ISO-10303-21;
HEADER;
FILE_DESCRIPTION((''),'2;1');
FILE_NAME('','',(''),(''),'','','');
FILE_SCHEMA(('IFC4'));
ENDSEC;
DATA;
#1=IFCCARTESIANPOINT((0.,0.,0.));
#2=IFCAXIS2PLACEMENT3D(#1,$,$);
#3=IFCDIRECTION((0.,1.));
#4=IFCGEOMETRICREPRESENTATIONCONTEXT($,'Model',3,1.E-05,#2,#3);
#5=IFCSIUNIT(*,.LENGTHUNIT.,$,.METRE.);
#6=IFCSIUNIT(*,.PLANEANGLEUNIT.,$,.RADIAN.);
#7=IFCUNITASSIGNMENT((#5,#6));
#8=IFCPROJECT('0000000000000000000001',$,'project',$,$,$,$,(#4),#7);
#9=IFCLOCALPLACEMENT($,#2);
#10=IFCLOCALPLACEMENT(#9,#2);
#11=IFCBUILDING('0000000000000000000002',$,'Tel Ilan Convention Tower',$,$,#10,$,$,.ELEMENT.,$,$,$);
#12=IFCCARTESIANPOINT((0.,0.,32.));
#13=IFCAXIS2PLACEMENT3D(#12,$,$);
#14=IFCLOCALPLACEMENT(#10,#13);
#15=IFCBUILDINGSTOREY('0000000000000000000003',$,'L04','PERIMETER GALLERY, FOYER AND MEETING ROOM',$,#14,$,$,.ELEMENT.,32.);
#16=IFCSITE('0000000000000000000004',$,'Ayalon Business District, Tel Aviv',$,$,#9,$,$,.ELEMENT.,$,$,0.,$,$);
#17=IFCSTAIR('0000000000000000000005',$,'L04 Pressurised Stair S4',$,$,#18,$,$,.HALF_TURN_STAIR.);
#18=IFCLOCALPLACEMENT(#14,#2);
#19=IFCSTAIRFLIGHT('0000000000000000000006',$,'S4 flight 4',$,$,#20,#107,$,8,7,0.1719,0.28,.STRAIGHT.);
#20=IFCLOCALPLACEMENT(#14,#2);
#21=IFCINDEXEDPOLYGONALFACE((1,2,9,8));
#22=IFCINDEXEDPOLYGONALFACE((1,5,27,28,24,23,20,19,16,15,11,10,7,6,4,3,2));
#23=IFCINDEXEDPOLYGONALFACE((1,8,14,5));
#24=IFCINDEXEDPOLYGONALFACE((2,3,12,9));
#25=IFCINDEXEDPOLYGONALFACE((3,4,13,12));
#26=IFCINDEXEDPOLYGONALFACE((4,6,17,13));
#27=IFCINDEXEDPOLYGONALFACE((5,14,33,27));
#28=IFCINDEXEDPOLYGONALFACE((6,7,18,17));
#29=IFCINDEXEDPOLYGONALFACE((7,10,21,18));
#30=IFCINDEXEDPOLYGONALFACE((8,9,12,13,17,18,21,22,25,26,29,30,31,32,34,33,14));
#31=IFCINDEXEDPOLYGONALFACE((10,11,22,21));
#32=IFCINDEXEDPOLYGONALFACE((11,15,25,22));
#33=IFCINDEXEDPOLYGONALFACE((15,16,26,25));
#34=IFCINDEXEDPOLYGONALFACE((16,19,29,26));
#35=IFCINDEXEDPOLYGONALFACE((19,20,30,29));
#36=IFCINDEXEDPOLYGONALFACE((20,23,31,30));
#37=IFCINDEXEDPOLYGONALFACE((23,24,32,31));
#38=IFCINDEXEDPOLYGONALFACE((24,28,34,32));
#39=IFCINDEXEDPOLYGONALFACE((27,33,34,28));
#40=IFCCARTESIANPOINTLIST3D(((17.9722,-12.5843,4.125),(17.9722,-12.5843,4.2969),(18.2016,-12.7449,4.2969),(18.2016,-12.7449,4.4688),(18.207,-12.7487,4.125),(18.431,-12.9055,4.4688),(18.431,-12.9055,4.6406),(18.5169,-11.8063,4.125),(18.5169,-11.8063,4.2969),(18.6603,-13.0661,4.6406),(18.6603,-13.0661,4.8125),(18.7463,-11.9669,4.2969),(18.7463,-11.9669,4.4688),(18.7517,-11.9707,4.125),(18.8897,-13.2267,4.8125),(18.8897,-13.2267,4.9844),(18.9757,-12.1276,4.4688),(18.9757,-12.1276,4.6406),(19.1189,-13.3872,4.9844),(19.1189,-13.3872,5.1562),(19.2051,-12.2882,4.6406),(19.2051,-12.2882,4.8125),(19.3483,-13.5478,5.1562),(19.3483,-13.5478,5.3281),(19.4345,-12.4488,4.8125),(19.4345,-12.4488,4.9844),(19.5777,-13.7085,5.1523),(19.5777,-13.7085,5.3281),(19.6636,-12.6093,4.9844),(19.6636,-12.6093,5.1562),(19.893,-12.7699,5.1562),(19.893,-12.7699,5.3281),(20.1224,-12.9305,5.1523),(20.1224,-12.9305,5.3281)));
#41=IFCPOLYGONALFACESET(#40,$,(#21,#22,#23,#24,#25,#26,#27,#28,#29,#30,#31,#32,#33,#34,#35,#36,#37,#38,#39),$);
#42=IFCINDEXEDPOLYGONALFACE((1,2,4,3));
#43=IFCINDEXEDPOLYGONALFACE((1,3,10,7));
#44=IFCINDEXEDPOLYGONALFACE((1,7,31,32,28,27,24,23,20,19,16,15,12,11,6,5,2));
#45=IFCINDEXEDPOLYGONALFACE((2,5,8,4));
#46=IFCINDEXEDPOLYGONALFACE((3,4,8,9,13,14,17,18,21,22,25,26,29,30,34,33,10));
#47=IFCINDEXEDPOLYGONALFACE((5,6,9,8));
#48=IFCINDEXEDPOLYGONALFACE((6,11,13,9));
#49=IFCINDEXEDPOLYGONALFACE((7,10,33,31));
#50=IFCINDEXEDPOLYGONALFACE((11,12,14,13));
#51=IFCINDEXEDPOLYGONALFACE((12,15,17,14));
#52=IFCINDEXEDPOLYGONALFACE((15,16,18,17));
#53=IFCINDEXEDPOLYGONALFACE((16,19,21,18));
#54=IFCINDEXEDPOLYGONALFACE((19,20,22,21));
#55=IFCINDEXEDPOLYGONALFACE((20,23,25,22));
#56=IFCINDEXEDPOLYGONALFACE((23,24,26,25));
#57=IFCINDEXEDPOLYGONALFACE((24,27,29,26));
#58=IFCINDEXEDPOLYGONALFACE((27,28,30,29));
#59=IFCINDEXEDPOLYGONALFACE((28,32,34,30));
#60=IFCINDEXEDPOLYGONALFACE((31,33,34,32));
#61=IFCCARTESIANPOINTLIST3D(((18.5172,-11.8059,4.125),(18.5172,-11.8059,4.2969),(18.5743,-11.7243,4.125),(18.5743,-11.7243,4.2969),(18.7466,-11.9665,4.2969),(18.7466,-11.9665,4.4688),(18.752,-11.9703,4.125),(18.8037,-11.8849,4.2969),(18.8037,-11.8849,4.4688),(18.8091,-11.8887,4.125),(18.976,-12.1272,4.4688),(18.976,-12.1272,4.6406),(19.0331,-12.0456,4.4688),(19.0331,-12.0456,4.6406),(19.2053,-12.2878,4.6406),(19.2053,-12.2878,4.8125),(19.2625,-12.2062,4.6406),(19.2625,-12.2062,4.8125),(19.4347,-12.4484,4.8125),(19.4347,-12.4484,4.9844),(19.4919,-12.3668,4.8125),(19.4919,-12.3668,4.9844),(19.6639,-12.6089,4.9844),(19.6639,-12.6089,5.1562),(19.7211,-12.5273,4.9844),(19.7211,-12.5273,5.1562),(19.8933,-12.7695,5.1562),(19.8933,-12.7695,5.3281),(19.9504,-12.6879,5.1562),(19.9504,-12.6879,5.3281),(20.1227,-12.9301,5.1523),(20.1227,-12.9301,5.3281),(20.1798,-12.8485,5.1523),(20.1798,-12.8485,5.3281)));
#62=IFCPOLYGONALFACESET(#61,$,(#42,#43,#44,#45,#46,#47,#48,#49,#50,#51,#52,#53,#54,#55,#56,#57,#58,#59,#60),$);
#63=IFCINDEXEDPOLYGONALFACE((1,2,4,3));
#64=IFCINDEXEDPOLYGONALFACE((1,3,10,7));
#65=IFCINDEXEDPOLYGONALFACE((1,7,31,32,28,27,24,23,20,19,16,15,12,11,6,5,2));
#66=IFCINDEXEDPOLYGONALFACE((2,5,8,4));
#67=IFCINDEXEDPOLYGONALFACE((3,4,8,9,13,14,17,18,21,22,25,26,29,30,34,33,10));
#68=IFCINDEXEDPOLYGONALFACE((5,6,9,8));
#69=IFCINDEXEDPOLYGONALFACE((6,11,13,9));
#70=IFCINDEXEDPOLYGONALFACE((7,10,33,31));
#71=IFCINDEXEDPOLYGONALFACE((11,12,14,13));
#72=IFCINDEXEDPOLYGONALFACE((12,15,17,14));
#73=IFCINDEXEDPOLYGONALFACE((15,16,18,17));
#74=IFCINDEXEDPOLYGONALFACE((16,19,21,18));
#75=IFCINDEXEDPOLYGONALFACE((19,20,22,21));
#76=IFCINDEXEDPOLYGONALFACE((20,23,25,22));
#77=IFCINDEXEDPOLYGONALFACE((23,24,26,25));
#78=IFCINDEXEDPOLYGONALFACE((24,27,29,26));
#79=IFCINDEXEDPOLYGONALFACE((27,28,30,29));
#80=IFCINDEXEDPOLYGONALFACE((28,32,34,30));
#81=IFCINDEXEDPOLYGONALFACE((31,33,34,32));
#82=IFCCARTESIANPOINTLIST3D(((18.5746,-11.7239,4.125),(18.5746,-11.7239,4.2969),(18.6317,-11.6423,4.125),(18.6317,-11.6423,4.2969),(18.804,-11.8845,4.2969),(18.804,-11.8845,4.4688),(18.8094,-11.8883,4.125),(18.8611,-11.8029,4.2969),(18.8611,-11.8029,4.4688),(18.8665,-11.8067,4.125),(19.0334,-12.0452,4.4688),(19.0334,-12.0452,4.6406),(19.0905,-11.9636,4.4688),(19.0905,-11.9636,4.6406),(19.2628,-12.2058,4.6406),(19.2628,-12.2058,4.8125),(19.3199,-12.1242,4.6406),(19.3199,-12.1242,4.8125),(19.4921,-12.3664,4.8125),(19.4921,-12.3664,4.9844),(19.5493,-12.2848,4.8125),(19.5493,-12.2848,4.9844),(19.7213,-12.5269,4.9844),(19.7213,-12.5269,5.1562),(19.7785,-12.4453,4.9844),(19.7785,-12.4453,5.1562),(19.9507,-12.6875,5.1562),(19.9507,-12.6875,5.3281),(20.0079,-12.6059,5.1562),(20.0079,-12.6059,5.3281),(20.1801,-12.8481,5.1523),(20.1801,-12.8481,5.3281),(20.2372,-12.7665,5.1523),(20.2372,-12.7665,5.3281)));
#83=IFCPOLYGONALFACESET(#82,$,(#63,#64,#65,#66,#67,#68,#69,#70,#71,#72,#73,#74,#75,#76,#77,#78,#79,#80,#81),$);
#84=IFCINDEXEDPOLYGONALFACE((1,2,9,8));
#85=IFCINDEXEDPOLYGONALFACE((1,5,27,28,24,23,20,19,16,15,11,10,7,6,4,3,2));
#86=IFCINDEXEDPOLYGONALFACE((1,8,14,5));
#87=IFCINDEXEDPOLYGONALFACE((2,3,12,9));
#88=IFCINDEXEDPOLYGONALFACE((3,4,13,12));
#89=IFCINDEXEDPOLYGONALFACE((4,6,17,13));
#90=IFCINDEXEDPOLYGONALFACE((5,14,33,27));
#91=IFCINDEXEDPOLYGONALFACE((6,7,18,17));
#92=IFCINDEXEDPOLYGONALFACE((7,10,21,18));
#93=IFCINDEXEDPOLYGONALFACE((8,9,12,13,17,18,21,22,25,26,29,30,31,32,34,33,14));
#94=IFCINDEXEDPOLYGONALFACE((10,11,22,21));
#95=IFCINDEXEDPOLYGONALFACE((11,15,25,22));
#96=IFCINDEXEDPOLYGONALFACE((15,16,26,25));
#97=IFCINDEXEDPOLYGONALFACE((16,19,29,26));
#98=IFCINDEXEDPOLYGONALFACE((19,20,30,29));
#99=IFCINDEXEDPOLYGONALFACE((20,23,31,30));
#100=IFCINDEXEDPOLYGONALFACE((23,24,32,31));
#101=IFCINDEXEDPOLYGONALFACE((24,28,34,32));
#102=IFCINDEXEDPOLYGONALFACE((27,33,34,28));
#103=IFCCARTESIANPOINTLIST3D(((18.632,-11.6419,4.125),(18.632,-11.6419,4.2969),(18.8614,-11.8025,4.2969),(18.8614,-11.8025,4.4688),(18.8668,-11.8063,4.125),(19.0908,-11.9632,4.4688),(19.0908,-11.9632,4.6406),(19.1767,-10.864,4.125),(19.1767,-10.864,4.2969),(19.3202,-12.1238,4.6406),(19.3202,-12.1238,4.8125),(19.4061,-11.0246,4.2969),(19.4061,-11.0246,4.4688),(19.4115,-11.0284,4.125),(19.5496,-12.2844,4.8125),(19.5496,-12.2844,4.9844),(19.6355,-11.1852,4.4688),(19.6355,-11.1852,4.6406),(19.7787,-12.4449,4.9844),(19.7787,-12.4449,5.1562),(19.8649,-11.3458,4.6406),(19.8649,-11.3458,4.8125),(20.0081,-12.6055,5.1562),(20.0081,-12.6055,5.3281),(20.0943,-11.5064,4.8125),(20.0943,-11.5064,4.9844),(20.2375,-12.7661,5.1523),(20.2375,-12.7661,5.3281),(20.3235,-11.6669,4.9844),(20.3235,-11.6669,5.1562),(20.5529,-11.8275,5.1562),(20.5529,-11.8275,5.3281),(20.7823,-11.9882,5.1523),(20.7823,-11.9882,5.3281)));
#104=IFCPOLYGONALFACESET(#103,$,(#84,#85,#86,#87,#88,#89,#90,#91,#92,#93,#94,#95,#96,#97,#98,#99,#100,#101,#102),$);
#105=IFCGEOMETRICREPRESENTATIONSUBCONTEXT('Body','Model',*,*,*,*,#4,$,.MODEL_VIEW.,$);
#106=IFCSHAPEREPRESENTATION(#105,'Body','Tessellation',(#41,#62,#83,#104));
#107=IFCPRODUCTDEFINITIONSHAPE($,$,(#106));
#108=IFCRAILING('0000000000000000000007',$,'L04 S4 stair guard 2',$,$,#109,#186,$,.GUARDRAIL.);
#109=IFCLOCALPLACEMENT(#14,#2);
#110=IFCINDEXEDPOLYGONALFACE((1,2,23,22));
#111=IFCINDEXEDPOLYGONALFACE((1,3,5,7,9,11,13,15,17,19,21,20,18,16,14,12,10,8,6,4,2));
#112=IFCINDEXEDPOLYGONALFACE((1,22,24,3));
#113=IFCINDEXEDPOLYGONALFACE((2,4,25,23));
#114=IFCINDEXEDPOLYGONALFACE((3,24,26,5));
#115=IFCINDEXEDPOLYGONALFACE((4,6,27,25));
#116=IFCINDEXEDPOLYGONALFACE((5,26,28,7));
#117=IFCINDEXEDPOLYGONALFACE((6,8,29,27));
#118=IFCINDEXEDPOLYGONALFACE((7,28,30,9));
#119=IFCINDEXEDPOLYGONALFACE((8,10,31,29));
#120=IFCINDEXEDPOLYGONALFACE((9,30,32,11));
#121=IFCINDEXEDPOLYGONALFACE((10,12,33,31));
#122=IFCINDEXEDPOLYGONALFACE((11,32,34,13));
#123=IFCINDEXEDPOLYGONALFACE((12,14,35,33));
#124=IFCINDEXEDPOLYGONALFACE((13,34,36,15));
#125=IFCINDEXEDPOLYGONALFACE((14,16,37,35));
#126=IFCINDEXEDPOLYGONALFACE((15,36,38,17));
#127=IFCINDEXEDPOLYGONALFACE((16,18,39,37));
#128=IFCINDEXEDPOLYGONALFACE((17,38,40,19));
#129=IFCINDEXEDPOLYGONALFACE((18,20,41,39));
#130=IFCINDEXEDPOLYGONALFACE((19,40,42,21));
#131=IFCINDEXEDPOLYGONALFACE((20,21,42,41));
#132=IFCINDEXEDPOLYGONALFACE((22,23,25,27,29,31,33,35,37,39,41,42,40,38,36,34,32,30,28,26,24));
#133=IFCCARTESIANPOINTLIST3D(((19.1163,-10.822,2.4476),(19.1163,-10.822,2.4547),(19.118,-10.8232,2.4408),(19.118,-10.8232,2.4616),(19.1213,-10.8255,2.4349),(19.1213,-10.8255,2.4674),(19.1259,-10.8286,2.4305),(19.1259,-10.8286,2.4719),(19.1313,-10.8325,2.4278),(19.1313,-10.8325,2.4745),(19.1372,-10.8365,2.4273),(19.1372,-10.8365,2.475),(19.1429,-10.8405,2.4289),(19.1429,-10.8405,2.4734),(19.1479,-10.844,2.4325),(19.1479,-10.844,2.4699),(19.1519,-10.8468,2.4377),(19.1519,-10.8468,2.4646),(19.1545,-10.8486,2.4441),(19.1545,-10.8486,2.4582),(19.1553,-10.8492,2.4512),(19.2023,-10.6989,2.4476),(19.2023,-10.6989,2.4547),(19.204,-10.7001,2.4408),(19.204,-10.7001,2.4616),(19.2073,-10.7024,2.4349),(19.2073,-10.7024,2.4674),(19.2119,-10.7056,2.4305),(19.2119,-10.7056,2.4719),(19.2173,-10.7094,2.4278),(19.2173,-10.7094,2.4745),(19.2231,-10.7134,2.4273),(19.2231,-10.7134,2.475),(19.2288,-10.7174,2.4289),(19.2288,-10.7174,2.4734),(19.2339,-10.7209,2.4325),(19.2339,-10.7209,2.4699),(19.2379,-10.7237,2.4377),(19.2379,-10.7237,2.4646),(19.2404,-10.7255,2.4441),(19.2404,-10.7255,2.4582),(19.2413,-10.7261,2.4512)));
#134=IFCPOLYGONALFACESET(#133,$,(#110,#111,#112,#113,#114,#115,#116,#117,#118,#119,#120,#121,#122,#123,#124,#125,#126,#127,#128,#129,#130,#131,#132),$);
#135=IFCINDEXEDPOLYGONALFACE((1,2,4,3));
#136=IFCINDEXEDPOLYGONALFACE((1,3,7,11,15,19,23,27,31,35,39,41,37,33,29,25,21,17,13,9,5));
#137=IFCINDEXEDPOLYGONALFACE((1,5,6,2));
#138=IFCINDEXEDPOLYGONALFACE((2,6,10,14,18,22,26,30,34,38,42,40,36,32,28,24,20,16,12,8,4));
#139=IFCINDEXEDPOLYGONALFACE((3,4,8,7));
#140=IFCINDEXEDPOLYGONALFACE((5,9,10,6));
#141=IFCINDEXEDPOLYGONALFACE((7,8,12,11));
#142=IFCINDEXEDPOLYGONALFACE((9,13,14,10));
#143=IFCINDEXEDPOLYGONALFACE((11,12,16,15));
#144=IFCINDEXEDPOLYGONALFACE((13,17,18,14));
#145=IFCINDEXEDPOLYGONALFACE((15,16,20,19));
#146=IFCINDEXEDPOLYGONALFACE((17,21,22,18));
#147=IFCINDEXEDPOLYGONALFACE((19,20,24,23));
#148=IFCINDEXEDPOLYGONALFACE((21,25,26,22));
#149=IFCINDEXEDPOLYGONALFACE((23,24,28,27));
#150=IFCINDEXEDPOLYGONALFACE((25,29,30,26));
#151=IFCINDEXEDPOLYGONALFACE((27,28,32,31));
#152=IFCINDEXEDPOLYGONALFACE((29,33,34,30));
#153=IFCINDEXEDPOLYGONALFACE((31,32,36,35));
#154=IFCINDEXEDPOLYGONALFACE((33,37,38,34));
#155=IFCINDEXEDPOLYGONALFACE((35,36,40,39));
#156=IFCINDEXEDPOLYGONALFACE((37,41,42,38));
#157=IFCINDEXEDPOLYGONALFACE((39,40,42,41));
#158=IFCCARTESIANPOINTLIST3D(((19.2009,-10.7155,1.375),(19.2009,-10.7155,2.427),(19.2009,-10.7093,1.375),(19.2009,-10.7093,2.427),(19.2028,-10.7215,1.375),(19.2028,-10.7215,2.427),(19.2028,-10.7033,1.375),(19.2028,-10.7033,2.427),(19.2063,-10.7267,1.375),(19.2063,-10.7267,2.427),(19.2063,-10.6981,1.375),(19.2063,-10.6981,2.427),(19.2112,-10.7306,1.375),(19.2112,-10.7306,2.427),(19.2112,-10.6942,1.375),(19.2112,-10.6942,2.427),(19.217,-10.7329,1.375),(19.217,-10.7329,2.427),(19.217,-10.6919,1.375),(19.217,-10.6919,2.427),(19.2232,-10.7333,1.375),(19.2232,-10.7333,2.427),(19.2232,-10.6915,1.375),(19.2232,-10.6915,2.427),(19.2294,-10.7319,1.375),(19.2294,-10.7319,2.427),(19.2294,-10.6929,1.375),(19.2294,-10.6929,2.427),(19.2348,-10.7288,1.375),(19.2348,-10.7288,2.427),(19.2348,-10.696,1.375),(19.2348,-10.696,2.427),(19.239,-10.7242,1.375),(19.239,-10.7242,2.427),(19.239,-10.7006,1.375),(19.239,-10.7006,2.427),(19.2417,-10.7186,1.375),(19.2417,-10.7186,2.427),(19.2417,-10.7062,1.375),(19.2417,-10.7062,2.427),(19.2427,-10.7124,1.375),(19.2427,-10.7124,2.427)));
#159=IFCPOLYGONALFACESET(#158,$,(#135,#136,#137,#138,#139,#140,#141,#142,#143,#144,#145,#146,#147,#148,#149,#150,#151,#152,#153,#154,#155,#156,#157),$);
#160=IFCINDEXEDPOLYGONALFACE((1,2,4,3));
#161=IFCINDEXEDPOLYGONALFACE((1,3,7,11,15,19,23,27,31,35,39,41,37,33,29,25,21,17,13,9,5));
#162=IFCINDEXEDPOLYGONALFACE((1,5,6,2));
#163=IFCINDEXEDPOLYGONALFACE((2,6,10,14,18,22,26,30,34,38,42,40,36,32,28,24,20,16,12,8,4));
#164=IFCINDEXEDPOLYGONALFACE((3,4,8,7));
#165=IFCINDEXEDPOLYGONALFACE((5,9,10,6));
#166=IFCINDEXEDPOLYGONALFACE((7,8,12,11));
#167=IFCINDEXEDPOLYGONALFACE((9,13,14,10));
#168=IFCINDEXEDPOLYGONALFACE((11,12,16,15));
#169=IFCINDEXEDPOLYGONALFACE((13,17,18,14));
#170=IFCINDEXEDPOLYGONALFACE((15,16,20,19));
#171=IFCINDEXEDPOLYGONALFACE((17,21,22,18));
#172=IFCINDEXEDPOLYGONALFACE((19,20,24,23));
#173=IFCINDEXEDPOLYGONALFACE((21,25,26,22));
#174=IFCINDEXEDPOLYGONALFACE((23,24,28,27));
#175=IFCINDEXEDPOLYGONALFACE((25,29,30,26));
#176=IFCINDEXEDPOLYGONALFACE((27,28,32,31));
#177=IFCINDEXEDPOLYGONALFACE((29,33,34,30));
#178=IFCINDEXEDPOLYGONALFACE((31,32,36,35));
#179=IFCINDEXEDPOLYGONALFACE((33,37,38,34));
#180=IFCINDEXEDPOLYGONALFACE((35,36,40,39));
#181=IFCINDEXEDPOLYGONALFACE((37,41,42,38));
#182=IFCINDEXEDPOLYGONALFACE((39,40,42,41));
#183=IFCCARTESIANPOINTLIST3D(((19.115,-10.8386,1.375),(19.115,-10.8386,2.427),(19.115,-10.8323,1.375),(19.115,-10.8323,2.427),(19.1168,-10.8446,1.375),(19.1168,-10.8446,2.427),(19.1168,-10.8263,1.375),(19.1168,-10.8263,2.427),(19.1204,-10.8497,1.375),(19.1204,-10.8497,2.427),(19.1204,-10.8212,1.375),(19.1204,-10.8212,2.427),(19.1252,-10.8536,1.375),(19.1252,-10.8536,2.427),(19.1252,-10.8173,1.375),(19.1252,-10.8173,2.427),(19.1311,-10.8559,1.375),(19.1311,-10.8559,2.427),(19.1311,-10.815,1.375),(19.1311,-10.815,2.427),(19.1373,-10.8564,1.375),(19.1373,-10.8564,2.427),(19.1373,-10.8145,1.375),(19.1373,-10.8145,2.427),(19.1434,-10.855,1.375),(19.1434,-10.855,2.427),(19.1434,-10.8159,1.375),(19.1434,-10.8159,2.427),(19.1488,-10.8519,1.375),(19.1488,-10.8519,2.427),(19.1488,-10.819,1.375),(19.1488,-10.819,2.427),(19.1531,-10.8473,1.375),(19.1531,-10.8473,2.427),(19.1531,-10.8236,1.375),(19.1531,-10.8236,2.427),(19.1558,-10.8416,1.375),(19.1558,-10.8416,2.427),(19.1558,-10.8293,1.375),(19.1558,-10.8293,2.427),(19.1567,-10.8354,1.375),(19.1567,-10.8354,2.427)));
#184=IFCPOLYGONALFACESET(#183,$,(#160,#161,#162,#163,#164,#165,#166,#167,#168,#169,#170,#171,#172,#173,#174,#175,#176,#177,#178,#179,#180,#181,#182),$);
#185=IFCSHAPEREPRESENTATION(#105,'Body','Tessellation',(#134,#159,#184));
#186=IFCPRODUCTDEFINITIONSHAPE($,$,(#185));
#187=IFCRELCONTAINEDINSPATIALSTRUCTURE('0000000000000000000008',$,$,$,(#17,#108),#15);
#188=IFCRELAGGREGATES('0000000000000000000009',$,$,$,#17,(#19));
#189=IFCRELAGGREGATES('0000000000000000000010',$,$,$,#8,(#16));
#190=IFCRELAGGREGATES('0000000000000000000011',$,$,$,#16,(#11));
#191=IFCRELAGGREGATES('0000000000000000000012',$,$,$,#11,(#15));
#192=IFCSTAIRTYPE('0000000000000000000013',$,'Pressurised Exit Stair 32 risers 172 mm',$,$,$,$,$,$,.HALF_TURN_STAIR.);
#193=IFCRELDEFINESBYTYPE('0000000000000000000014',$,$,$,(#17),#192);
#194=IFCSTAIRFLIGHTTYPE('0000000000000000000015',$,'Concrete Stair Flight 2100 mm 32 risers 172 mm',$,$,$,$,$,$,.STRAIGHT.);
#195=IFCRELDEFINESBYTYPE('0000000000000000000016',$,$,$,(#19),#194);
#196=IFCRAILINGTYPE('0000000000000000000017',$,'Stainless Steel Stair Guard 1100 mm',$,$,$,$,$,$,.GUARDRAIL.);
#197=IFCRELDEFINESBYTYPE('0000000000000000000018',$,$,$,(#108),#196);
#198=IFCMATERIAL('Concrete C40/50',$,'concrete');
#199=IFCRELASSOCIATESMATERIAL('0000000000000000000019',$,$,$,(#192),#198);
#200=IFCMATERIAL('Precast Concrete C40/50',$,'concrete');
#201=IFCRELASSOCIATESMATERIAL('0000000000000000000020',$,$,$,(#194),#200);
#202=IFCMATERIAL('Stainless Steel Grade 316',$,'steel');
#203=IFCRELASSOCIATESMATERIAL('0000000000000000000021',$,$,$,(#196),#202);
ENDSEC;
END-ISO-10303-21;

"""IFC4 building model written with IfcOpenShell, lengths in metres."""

from ifc_helpers import new_model, si_unit, direction, frame, origin, origin_2d, place, context, subcontext, project, spatial, polyline, circle, outline, extrude, material, type_object, element, aggregate, save


model = new_model("IFC4")

# Units and contexts
model_context = context("Model", 3, precision=1e-05, world=origin(), true_north=direction((0.0, 1.0)))
body_context = subcontext(model_context, "Body", "Model", "MODEL_VIEW")
ifc_project = project(units=[si_unit("LENGTHUNIT", "METRE"), si_unit("PLANEANGLEUNIT", "RADIAN")], contexts=[model_context])

# Site, building, storey
site_placement = place(None, origin())
site = spatial("IfcSite", under=ifc_project, at=site_placement, Name="Ayalon Business District, Tel Aviv", CompositionType="ELEMENT", RefElevation=0.0)
building_placement = place(site_placement, origin())
building = spatial("IfcBuilding", under=site, at=building_placement, Name="Tel Ilan Convention Tower", CompositionType="ELEMENT")
storey_placement = place(building_placement, frame((0.0, 0.0, 32.0)))
storey = spatial("IfcBuildingStorey", under=building, at=storey_placement, Name="L04", Description="PERIMETER GALLERY, FOYER AND MEETING ROOM", CompositionType="ELEMENT", Elevation=32.0)

# Stair, stair flight
ifc_material_1 = material(Name="Concrete C40/50", Category="concrete")
stair_type = type_object("IfcStairType", Name="Pressurised Exit Stair 32 risers 172 mm", PredefinedType="HALF_TURN_STAIR", material=ifc_material_1)
stair_placement = place(storey_placement, origin())
stair = element("IfcStair", 1, at=stair_placement, inside=storey, type_object=stair_type, Name="L04 Pressurised Stair S4", PredefinedType="HALF_TURN_STAIR")
ifc_material_2 = material(Name="Precast Concrete C40/50", Category="concrete")
stair_flight_type = type_object("IfcStairFlightType", Name="Concrete Stair Flight 2100 mm 32 risers 172 mm", PredefinedType="STRAIGHT", material=ifc_material_2)
stair_flight_1_placement = place(storey_placement, frame((18.5745, -11.7241, 4.125), z_axis=(0.0, 0.0, 1.0), x_axis=(0.819152, -0.573576, 0.0)))
stair_flight_1 = element("IfcStairFlight", 2, at=stair_flight_1_placement, type_object=stair_flight_type, Name="S4 flight 4", NumberOfRisers=8, NumberOfTreads=7, PredefinedType="STRAIGHT", RiserHeight=0.1719, TreadLength=0.28, context=body_context, shape_type="SweptSolid", body=[
    extrude(outline(polyline([(0.0, 0.0), (0.0, 0.1719), (0.28, 0.1719), (0.28, 0.3438), (0.5601, 0.3438), (0.5601, 0.5156), (0.8401, 0.5156), (0.8401, 0.6875), (1.1201, 0.6875), (1.1201, 0.8594), (1.3999, 0.8594), (1.3999, 1.0312), (1.6799, 1.0312), (1.6799, 1.2031), (1.96, 1.2031), (1.96, 1.375), (1.96, 1.0273), (0.2866, 0.0), (0.0, 0.0)])), frame((0.0, -0.1003, 0.0), z_axis=(0.0, -1.0, 0.0), x_axis=(1.0, 0.0, 0.0)), (0.0, 0.0, 1.0), 0.9497),
    extrude(outline(polyline([(0.0, 0.0), (0.0, 0.1719), (0.28, 0.1719), (0.28, 0.3438), (0.5601, 0.3438), (0.5601, 0.5156), (0.8401, 0.5156), (0.8401, 0.6875), (1.1201, 0.6875), (1.1201, 0.8594), (1.3999, 0.8594), (1.3999, 1.0312), (1.6799, 1.0312), (1.6799, 1.2031), (1.96, 1.2031), (1.96, 1.375), (1.96, 1.0273), (0.2866, 0.0), (0.0, 0.0)])), frame((0.0, -0.0002, 0.0), z_axis=(0.0, -1.0, 0.0), x_axis=(1.0, 0.0, 0.0)), (0.0, 0.0, 1.0), 0.0996),
    extrude(outline(polyline([(0.0, 0.0), (0.0, 0.1719), (0.28, 0.1719), (0.28, 0.3438), (0.5601, 0.3438), (0.5601, 0.5156), (0.8401, 0.5156), (0.8401, 0.6875), (1.1201, 0.6875), (1.1201, 0.8594), (1.3999, 0.8594), (1.3999, 1.0312), (1.6799, 1.0312), (1.6799, 1.2031), (1.96, 1.2031), (1.96, 1.375), (1.96, 1.0273), (0.2866, 0.0), (0.0, 0.0)])), frame((0.0, 0.0999, 0.0), z_axis=(0.0, -1.0, 0.0), x_axis=(1.0, 0.0, 0.0)), (0.0, 0.0, 1.0), 0.0996),
    extrude(outline(polyline([(0.0, 0.0), (0.0, 0.1719), (0.28, 0.1719), (0.28, 0.3438), (0.5601, 0.3438), (0.5601, 0.5156), (0.8401, 0.5156), (0.8401, 0.6875), (1.1201, 0.6875), (1.1201, 0.8594), (1.3999, 0.8594), (1.3999, 1.0312), (1.6799, 1.0312), (1.6799, 1.2031), (1.96, 1.2031), (1.96, 1.375), (1.96, 1.0273), (0.2866, 0.0), (0.0, 0.0)])), frame((0.0, 1.05, 0.0), z_axis=(0.0, -1.0, 0.0), x_axis=(1.0, 0.0, 0.0)), (0.0, 0.0, 1.0), 0.9497),
])
aggregate(stair, [stair_flight_1])

# Railing
ifc_material_3 = material(Name="Stainless Steel Grade 316", Category="steel")
railing_type_1 = type_object("IfcRailingType", Name="Stainless Steel Stair Guard 1100 mm", PredefinedType="GUARDRAIL", material=ifc_material_3)
railing_1_placement = place(storey_placement, frame((19.2217, -10.7124, 1.375)))
element("IfcRailing", 3, at=railing_1_placement, inside=storey, type_object=railing_type_1, Name="L04 S4 stair guard 2", PredefinedType="GUARDRAIL", context=body_context, shape_type="SweptSolid", body=[
    extrude(circle(Radius=0.0239, at=origin_2d()), frame((0.0, 0.0, 1.0762), z_axis=(-0.572589, -0.819843, 0.0), x_axis=(0.819843, -0.572589, 0.0)), (0.0, 0.0, 1.0), 0.1501),
    extrude(circle(Radius=0.021, at=origin_2d()), origin(), (0.0, 0.0, 1.0), 1.052),
    extrude(circle(Radius=0.021, at=origin_2d()), frame((-0.0859, -0.123, 0.0)), (0.0, 0.0, 1.0), 1.052),
])

save(model, "model.ifc")
